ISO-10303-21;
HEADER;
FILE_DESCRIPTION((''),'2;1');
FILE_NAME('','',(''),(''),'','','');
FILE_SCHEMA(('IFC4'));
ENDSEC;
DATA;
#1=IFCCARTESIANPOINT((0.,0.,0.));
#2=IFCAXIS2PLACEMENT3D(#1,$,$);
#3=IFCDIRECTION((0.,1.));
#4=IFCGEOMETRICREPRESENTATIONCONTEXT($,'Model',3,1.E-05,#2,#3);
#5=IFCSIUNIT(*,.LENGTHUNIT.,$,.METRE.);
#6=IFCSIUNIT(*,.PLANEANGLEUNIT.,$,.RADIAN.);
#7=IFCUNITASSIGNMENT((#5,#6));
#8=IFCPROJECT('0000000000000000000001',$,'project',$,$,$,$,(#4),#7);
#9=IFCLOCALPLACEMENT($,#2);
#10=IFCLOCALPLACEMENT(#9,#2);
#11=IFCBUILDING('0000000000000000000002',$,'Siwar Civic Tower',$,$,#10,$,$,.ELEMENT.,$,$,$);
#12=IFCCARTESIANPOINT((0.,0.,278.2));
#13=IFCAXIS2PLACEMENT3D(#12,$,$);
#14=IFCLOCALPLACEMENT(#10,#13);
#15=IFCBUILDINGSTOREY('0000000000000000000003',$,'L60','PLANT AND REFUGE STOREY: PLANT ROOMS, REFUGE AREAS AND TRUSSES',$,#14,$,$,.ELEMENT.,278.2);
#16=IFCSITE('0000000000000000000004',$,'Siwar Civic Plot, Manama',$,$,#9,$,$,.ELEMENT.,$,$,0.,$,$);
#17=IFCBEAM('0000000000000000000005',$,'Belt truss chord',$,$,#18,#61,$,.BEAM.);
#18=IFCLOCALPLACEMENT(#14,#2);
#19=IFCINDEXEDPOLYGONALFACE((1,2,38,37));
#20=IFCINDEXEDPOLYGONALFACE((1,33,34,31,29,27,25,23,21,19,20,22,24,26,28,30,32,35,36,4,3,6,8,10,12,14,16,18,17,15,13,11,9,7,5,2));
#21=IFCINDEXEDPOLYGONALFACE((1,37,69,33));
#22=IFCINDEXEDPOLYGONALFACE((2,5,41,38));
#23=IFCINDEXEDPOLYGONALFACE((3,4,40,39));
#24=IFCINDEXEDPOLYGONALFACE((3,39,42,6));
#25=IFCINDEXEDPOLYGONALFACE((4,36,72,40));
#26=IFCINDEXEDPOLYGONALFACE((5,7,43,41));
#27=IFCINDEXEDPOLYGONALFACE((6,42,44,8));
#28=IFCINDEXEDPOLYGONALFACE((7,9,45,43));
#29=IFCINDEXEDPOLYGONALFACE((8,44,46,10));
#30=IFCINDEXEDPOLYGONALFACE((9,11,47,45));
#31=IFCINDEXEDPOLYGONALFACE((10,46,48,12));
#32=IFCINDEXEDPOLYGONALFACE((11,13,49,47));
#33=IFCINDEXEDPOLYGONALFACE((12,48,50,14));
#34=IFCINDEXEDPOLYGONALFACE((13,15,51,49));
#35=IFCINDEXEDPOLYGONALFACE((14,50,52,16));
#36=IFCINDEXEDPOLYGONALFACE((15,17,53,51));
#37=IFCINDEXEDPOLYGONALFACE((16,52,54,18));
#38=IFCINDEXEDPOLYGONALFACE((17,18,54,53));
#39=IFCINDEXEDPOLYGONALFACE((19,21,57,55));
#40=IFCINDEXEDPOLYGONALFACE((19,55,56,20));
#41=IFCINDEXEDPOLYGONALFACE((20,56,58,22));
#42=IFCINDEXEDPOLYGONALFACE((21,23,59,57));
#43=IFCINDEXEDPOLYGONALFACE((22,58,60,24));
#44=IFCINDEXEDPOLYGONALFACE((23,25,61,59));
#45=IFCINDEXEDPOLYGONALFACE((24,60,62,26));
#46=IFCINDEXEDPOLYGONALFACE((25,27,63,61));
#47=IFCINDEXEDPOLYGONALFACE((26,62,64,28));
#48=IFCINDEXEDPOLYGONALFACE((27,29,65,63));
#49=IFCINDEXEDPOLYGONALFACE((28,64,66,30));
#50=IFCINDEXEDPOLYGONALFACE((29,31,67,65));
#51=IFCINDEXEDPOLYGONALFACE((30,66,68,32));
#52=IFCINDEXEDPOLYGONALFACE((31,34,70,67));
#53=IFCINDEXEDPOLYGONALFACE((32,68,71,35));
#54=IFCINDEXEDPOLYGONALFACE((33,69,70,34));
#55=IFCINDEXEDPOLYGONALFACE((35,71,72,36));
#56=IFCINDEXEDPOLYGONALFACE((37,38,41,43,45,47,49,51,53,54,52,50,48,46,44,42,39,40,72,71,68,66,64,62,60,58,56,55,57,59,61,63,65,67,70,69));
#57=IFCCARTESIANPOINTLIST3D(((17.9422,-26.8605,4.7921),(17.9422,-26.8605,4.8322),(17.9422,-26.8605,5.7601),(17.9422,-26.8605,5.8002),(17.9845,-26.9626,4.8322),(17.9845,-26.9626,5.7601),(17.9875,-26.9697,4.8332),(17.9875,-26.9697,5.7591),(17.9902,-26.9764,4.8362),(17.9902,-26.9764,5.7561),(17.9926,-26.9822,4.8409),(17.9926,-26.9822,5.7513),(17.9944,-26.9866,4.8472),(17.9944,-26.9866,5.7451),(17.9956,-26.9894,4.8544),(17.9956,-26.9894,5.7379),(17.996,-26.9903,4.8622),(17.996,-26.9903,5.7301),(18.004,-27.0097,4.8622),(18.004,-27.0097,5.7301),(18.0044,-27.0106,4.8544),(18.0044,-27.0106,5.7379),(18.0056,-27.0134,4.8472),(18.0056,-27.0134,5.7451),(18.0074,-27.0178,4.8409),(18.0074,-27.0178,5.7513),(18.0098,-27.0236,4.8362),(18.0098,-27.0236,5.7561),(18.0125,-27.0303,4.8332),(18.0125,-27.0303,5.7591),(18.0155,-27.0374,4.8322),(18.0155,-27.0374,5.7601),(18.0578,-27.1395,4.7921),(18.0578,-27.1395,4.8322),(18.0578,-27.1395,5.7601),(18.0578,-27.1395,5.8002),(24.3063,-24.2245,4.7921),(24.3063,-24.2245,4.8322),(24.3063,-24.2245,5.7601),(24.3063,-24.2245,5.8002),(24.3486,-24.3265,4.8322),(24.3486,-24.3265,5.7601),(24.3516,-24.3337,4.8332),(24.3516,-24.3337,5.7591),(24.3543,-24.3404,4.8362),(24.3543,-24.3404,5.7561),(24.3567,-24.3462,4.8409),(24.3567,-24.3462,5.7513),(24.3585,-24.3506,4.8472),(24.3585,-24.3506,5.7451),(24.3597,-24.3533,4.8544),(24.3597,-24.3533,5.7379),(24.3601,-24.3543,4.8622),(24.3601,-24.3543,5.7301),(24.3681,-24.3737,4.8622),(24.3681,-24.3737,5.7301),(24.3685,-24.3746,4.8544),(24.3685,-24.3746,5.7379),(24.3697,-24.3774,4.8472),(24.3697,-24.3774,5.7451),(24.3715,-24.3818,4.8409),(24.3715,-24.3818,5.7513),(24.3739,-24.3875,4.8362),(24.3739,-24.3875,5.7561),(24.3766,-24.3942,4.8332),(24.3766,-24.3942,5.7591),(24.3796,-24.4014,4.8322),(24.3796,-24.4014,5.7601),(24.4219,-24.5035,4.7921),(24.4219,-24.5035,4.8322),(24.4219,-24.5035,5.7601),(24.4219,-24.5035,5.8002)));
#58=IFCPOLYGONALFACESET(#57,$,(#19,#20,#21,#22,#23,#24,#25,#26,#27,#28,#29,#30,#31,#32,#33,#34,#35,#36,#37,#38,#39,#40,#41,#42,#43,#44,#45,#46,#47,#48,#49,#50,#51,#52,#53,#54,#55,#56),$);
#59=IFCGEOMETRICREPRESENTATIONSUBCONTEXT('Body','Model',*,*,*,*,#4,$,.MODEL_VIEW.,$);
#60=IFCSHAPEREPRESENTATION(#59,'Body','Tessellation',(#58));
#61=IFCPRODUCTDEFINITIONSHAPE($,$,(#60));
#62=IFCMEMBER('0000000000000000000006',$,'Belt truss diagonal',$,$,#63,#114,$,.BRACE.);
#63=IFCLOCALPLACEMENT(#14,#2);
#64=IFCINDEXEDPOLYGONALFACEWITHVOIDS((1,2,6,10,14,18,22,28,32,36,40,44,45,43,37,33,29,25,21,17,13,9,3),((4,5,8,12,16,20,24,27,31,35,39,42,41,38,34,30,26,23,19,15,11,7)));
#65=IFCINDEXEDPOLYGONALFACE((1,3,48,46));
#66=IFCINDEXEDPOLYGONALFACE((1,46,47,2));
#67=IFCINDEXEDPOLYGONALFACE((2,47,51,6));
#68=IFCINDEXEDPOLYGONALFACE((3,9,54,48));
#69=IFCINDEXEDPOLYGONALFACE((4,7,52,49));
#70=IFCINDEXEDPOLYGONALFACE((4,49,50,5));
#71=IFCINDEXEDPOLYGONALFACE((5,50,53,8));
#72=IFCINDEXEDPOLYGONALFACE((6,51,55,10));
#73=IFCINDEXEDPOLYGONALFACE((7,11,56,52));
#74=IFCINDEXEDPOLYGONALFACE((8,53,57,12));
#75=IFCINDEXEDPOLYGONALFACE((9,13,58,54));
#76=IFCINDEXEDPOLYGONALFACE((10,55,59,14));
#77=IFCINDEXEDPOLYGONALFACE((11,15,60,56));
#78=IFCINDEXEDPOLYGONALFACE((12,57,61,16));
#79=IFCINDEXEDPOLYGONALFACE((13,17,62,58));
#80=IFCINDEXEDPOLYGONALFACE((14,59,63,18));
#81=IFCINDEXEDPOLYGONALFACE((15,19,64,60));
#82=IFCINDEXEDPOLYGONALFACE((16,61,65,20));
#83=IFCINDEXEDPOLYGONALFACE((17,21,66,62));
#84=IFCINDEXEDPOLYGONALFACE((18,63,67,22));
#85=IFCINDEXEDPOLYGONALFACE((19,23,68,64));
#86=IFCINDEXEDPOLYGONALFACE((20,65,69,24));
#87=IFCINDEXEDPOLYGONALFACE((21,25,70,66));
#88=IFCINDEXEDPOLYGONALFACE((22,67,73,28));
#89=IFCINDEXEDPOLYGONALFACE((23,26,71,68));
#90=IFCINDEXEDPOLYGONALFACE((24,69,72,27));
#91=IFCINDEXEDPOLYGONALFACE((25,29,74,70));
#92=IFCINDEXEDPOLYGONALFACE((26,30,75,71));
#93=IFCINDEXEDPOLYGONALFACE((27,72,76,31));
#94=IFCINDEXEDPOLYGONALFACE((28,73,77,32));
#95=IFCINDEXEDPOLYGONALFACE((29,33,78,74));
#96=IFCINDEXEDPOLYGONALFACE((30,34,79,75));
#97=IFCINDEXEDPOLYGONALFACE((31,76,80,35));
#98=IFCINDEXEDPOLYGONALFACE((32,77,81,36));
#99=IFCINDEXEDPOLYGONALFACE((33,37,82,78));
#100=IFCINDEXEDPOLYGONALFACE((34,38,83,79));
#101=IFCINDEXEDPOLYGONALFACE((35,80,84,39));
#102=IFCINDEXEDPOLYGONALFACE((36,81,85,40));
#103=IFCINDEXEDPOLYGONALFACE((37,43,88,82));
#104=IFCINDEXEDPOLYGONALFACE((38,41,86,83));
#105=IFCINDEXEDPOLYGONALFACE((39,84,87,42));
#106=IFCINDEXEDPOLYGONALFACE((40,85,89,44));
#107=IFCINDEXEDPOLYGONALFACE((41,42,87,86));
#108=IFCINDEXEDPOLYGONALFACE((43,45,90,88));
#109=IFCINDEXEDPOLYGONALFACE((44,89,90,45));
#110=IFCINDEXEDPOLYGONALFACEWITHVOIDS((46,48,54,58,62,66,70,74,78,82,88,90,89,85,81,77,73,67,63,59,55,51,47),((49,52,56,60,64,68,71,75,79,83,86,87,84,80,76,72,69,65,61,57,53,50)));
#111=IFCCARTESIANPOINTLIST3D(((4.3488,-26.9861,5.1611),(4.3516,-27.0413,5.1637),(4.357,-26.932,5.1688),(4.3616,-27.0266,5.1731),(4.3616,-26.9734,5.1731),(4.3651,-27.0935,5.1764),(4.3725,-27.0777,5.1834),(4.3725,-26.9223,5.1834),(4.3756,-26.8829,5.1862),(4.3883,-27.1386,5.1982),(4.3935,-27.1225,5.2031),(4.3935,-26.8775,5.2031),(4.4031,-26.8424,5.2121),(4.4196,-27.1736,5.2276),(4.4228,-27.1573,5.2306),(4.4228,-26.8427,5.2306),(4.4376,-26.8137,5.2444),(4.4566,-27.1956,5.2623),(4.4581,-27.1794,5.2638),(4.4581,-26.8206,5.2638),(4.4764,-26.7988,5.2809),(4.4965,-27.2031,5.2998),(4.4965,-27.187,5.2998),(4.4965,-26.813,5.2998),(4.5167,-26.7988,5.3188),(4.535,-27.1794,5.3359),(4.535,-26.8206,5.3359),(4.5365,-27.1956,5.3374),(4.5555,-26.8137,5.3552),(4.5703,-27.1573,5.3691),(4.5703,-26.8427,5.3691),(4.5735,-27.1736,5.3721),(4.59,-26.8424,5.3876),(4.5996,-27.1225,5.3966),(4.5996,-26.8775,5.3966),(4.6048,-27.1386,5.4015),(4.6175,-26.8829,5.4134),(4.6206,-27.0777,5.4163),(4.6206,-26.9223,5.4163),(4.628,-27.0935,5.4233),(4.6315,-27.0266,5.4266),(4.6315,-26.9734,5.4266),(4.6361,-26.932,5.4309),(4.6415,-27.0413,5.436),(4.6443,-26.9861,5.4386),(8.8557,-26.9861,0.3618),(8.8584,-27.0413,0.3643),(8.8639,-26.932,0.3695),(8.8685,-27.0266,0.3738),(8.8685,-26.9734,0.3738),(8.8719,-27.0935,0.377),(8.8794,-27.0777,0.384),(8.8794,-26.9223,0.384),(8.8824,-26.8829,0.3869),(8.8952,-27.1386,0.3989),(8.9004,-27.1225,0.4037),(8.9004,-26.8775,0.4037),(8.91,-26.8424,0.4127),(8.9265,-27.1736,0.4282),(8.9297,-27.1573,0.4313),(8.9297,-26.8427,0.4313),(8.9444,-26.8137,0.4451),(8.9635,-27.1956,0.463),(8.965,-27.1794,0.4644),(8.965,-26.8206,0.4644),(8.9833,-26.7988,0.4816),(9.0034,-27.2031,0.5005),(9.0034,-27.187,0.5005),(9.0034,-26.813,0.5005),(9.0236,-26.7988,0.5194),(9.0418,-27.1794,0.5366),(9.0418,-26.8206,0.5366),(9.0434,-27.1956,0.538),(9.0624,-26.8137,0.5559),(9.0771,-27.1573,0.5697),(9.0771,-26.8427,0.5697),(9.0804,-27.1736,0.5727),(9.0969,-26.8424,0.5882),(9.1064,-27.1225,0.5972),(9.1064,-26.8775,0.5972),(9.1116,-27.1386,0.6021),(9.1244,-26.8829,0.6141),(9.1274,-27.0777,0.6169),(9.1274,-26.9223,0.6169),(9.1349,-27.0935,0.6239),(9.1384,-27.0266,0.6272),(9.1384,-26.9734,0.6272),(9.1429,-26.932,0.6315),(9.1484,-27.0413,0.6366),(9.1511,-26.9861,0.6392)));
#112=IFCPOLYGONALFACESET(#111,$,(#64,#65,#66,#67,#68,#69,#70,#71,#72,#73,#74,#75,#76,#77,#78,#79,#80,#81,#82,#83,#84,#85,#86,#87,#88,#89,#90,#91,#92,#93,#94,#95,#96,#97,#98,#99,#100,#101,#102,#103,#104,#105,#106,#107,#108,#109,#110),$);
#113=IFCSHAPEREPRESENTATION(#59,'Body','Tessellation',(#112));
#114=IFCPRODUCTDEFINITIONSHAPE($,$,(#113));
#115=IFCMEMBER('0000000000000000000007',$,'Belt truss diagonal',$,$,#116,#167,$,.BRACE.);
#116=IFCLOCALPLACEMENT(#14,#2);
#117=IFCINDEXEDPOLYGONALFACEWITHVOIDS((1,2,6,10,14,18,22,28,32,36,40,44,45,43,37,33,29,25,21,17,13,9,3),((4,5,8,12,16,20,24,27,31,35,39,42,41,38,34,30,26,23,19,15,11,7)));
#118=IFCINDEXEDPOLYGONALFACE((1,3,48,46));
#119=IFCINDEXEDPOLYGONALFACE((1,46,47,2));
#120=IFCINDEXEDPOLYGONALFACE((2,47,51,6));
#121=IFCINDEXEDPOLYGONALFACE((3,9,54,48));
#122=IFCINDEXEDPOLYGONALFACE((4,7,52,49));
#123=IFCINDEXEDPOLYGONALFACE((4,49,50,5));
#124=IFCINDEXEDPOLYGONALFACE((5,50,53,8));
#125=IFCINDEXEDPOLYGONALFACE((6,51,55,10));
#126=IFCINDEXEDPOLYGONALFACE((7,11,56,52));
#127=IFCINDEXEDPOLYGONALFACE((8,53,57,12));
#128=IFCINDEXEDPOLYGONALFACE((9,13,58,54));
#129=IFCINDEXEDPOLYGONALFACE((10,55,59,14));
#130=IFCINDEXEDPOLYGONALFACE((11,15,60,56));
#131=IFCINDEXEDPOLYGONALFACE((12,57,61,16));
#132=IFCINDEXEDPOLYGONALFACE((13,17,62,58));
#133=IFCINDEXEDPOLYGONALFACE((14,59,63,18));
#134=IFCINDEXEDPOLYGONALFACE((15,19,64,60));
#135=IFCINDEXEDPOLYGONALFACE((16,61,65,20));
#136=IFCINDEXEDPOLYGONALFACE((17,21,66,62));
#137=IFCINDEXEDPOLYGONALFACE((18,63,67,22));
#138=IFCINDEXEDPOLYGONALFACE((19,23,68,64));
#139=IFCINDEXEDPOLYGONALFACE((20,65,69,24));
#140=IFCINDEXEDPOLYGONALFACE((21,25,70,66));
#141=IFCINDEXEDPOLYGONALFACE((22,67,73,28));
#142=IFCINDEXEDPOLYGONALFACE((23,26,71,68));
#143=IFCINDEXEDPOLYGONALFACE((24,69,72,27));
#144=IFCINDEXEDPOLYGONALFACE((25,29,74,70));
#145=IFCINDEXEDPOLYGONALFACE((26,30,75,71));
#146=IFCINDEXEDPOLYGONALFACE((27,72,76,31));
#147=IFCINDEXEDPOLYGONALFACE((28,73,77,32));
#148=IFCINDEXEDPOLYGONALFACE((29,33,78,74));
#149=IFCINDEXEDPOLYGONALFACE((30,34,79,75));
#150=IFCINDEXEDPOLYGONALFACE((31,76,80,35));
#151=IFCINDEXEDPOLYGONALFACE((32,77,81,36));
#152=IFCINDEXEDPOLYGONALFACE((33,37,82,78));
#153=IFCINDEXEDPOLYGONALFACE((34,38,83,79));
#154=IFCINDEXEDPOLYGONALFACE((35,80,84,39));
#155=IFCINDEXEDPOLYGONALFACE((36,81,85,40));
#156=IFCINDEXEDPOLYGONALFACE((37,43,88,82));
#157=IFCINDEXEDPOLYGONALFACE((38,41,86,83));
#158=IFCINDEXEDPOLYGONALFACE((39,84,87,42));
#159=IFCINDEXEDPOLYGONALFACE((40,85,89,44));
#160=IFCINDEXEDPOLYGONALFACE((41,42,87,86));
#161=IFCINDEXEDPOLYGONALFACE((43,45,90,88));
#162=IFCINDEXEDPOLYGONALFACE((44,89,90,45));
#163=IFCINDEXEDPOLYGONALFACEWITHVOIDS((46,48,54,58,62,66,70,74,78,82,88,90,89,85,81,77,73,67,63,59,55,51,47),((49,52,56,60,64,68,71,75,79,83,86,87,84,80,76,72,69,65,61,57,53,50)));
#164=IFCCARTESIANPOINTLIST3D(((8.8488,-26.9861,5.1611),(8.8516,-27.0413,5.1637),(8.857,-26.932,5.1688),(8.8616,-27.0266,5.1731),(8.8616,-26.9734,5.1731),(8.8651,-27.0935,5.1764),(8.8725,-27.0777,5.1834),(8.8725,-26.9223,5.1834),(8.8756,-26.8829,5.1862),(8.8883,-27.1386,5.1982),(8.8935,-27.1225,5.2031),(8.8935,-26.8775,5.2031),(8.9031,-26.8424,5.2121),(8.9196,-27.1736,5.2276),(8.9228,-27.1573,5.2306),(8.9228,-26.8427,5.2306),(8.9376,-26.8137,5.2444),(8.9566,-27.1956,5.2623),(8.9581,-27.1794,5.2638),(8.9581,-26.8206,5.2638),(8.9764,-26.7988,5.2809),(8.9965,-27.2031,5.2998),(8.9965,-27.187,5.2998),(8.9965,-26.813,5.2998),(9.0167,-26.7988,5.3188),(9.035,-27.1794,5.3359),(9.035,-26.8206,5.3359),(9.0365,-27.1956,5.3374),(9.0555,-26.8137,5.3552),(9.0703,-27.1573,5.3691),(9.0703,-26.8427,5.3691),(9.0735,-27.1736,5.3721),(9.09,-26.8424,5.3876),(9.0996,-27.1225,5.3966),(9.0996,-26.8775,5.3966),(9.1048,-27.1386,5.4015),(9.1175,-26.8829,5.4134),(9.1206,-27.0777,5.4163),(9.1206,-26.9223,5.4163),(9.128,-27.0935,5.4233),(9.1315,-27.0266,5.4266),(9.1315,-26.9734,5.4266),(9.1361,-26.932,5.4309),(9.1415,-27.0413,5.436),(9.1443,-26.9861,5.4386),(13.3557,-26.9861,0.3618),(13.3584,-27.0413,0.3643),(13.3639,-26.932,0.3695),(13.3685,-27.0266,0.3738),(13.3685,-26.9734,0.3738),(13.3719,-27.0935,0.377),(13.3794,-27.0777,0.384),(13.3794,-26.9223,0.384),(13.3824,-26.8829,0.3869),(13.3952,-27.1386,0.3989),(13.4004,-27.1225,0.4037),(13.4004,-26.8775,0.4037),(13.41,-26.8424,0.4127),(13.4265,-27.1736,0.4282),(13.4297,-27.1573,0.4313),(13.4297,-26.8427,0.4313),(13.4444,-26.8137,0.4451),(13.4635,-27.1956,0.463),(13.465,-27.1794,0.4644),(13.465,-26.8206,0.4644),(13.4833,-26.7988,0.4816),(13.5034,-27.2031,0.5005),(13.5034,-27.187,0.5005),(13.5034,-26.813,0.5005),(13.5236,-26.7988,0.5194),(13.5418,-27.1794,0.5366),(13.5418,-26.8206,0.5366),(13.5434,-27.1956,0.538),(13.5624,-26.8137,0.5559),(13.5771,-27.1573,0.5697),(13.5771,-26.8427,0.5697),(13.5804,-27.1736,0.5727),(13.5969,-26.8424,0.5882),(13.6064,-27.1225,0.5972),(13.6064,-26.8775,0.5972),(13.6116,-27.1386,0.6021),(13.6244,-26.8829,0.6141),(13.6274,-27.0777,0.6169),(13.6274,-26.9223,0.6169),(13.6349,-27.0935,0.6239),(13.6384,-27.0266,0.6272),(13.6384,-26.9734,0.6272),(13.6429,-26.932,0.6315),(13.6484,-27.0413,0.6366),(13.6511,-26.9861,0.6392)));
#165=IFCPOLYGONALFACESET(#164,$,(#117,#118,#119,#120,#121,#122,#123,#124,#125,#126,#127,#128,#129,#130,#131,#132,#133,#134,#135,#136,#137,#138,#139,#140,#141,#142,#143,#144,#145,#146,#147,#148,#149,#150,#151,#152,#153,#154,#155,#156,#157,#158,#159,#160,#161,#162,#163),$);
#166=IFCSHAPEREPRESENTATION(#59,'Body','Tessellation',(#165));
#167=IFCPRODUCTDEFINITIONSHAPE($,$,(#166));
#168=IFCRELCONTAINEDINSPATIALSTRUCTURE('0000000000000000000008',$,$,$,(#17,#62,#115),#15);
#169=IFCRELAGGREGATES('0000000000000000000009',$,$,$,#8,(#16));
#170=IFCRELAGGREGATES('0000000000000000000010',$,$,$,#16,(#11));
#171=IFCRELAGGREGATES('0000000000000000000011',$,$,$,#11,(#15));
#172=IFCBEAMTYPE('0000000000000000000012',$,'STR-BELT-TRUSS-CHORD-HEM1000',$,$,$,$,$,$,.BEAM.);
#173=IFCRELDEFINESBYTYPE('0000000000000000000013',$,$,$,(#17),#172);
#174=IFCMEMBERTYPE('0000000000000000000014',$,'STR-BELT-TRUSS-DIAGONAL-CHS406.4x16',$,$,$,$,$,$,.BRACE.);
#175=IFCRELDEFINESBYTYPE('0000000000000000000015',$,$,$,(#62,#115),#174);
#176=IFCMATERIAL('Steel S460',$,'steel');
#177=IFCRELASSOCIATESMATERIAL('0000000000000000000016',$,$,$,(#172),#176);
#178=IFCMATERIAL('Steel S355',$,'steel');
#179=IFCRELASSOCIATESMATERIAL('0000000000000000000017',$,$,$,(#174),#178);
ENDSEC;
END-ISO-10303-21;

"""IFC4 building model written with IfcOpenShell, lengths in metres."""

from ifc_helpers import new_model, si_unit, direction, frame, origin, origin_2d, place, context, subcontext, project, spatial, hollow_circle, i_section, extrude, material, material_profile, profile_set, type_object, element, save


model = new_model("IFC4")

# Units and contexts
model_context = context("Model", 3, precision=1e-05, world=origin(), true_north=direction((0.0, 1.0)))
body_context = subcontext(model_context, "Body", "Model", "MODEL_VIEW")
ifc_project = project(units=[si_unit("LENGTHUNIT", "METRE"), si_unit("PLANEANGLEUNIT", "RADIAN")], contexts=[model_context])

# Site, building, storey
site_placement = place(None, origin())
site = spatial("IfcSite", under=ifc_project, at=site_placement, Name="Siwar Civic Plot, Manama", CompositionType="ELEMENT", RefElevation=0.0)
building_placement = place(site_placement, origin())
building = spatial("IfcBuilding", under=site, at=building_placement, Name="Siwar Civic Tower", CompositionType="ELEMENT")
storey_placement = place(building_placement, frame((0.0, 0.0, 278.2)))
storey = spatial("IfcBuildingStorey", under=building, at=storey_placement, Name="L60", Description="PLANT AND REFUGE STOREY: PLANT ROOMS, REFUGE AREAS AND TRUSSES", CompositionType="ELEMENT", Elevation=278.2)

# Beam
ifc_material_1 = material(Name="Steel S460", Category="steel")
ifc_material_profile_1 = material_profile(ifc_material_1, i_section(OverallWidth=0.302, OverallDepth=1.0081, WebThickness=0.021, FlangeThickness=0.04, FilletRadius=0.03, at=origin_2d()), Name="HEM1000")
ifc_profile_set_1 = profile_set([ifc_material_profile_1], Name="Steel S460")
beam_type_1 = type_object("IfcBeamType", Name="STR-BELT-TRUSS-CHORD-HEM1000", PredefinedType="BEAM", material=ifc_profile_set_1)
for number, where, z_axis, x_axis, name in (
    (1, (18.0, -27.0, 5.2961), (0.923883, 0.382674, 0.0), (-0.382674, 0.923883, 0.0), "Belt truss chord"),
):
    element("IfcBeam", number, at=place(storey_placement, frame(where, z_axis=z_axis, x_axis=x_axis)), inside=storey, type_object=beam_type_1, Name=name, PredefinedType="BEAM", context=body_context, shape_type="SweptSolid", body=[
        extrude(i_section(OverallWidth=0.302, OverallDepth=1.0081, WebThickness=0.021, FlangeThickness=0.04, FilletRadius=0.03, at=origin_2d()), origin(), (0.0, 0.0, 1.0), 6.8884),
    ])

# Members
ifc_material_2 = material(Name="Steel S355", Category="steel")
ifc_material_profile_2 = material_profile(ifc_material_2, hollow_circle(Radius=0.2031, WallThickness=0.0161, at=origin_2d()), Name="CHS406.4x16")
ifc_profile_set_2 = profile_set([ifc_material_profile_2], Name="Steel S355")
member_type_1 = type_object("IfcMemberType", Name="STR-BELT-TRUSS-DIAGONAL-CHS406.4x16", PredefinedType="BRACE", material=ifc_profile_set_2)
for number, where, z_axis, x_axis, name in (
    (2, (9.0034, -27.0, 0.5005), (-0.684545, 0.0, 0.72897), (0.0, -1.0, 0.0), "Belt truss diagonal"),
    (3, (13.5034, -27.0, 0.5005), (-0.684545, 0.0, 0.72897), (0.0, -1.0, 0.0), "Belt truss diagonal"),
):
    element("IfcMember", number, at=place(storey_placement, frame(where, z_axis=z_axis, x_axis=x_axis)), inside=storey, type_object=member_type_1, Name=name, PredefinedType="BRACE", context=body_context, shape_type="SweptSolid", body=[
        extrude(hollow_circle(Radius=0.2031, WallThickness=0.0161, at=origin_2d()), origin(), (0.0, 0.0, 1.0), 6.5837),
    ])

save(model, "model.ifc")
